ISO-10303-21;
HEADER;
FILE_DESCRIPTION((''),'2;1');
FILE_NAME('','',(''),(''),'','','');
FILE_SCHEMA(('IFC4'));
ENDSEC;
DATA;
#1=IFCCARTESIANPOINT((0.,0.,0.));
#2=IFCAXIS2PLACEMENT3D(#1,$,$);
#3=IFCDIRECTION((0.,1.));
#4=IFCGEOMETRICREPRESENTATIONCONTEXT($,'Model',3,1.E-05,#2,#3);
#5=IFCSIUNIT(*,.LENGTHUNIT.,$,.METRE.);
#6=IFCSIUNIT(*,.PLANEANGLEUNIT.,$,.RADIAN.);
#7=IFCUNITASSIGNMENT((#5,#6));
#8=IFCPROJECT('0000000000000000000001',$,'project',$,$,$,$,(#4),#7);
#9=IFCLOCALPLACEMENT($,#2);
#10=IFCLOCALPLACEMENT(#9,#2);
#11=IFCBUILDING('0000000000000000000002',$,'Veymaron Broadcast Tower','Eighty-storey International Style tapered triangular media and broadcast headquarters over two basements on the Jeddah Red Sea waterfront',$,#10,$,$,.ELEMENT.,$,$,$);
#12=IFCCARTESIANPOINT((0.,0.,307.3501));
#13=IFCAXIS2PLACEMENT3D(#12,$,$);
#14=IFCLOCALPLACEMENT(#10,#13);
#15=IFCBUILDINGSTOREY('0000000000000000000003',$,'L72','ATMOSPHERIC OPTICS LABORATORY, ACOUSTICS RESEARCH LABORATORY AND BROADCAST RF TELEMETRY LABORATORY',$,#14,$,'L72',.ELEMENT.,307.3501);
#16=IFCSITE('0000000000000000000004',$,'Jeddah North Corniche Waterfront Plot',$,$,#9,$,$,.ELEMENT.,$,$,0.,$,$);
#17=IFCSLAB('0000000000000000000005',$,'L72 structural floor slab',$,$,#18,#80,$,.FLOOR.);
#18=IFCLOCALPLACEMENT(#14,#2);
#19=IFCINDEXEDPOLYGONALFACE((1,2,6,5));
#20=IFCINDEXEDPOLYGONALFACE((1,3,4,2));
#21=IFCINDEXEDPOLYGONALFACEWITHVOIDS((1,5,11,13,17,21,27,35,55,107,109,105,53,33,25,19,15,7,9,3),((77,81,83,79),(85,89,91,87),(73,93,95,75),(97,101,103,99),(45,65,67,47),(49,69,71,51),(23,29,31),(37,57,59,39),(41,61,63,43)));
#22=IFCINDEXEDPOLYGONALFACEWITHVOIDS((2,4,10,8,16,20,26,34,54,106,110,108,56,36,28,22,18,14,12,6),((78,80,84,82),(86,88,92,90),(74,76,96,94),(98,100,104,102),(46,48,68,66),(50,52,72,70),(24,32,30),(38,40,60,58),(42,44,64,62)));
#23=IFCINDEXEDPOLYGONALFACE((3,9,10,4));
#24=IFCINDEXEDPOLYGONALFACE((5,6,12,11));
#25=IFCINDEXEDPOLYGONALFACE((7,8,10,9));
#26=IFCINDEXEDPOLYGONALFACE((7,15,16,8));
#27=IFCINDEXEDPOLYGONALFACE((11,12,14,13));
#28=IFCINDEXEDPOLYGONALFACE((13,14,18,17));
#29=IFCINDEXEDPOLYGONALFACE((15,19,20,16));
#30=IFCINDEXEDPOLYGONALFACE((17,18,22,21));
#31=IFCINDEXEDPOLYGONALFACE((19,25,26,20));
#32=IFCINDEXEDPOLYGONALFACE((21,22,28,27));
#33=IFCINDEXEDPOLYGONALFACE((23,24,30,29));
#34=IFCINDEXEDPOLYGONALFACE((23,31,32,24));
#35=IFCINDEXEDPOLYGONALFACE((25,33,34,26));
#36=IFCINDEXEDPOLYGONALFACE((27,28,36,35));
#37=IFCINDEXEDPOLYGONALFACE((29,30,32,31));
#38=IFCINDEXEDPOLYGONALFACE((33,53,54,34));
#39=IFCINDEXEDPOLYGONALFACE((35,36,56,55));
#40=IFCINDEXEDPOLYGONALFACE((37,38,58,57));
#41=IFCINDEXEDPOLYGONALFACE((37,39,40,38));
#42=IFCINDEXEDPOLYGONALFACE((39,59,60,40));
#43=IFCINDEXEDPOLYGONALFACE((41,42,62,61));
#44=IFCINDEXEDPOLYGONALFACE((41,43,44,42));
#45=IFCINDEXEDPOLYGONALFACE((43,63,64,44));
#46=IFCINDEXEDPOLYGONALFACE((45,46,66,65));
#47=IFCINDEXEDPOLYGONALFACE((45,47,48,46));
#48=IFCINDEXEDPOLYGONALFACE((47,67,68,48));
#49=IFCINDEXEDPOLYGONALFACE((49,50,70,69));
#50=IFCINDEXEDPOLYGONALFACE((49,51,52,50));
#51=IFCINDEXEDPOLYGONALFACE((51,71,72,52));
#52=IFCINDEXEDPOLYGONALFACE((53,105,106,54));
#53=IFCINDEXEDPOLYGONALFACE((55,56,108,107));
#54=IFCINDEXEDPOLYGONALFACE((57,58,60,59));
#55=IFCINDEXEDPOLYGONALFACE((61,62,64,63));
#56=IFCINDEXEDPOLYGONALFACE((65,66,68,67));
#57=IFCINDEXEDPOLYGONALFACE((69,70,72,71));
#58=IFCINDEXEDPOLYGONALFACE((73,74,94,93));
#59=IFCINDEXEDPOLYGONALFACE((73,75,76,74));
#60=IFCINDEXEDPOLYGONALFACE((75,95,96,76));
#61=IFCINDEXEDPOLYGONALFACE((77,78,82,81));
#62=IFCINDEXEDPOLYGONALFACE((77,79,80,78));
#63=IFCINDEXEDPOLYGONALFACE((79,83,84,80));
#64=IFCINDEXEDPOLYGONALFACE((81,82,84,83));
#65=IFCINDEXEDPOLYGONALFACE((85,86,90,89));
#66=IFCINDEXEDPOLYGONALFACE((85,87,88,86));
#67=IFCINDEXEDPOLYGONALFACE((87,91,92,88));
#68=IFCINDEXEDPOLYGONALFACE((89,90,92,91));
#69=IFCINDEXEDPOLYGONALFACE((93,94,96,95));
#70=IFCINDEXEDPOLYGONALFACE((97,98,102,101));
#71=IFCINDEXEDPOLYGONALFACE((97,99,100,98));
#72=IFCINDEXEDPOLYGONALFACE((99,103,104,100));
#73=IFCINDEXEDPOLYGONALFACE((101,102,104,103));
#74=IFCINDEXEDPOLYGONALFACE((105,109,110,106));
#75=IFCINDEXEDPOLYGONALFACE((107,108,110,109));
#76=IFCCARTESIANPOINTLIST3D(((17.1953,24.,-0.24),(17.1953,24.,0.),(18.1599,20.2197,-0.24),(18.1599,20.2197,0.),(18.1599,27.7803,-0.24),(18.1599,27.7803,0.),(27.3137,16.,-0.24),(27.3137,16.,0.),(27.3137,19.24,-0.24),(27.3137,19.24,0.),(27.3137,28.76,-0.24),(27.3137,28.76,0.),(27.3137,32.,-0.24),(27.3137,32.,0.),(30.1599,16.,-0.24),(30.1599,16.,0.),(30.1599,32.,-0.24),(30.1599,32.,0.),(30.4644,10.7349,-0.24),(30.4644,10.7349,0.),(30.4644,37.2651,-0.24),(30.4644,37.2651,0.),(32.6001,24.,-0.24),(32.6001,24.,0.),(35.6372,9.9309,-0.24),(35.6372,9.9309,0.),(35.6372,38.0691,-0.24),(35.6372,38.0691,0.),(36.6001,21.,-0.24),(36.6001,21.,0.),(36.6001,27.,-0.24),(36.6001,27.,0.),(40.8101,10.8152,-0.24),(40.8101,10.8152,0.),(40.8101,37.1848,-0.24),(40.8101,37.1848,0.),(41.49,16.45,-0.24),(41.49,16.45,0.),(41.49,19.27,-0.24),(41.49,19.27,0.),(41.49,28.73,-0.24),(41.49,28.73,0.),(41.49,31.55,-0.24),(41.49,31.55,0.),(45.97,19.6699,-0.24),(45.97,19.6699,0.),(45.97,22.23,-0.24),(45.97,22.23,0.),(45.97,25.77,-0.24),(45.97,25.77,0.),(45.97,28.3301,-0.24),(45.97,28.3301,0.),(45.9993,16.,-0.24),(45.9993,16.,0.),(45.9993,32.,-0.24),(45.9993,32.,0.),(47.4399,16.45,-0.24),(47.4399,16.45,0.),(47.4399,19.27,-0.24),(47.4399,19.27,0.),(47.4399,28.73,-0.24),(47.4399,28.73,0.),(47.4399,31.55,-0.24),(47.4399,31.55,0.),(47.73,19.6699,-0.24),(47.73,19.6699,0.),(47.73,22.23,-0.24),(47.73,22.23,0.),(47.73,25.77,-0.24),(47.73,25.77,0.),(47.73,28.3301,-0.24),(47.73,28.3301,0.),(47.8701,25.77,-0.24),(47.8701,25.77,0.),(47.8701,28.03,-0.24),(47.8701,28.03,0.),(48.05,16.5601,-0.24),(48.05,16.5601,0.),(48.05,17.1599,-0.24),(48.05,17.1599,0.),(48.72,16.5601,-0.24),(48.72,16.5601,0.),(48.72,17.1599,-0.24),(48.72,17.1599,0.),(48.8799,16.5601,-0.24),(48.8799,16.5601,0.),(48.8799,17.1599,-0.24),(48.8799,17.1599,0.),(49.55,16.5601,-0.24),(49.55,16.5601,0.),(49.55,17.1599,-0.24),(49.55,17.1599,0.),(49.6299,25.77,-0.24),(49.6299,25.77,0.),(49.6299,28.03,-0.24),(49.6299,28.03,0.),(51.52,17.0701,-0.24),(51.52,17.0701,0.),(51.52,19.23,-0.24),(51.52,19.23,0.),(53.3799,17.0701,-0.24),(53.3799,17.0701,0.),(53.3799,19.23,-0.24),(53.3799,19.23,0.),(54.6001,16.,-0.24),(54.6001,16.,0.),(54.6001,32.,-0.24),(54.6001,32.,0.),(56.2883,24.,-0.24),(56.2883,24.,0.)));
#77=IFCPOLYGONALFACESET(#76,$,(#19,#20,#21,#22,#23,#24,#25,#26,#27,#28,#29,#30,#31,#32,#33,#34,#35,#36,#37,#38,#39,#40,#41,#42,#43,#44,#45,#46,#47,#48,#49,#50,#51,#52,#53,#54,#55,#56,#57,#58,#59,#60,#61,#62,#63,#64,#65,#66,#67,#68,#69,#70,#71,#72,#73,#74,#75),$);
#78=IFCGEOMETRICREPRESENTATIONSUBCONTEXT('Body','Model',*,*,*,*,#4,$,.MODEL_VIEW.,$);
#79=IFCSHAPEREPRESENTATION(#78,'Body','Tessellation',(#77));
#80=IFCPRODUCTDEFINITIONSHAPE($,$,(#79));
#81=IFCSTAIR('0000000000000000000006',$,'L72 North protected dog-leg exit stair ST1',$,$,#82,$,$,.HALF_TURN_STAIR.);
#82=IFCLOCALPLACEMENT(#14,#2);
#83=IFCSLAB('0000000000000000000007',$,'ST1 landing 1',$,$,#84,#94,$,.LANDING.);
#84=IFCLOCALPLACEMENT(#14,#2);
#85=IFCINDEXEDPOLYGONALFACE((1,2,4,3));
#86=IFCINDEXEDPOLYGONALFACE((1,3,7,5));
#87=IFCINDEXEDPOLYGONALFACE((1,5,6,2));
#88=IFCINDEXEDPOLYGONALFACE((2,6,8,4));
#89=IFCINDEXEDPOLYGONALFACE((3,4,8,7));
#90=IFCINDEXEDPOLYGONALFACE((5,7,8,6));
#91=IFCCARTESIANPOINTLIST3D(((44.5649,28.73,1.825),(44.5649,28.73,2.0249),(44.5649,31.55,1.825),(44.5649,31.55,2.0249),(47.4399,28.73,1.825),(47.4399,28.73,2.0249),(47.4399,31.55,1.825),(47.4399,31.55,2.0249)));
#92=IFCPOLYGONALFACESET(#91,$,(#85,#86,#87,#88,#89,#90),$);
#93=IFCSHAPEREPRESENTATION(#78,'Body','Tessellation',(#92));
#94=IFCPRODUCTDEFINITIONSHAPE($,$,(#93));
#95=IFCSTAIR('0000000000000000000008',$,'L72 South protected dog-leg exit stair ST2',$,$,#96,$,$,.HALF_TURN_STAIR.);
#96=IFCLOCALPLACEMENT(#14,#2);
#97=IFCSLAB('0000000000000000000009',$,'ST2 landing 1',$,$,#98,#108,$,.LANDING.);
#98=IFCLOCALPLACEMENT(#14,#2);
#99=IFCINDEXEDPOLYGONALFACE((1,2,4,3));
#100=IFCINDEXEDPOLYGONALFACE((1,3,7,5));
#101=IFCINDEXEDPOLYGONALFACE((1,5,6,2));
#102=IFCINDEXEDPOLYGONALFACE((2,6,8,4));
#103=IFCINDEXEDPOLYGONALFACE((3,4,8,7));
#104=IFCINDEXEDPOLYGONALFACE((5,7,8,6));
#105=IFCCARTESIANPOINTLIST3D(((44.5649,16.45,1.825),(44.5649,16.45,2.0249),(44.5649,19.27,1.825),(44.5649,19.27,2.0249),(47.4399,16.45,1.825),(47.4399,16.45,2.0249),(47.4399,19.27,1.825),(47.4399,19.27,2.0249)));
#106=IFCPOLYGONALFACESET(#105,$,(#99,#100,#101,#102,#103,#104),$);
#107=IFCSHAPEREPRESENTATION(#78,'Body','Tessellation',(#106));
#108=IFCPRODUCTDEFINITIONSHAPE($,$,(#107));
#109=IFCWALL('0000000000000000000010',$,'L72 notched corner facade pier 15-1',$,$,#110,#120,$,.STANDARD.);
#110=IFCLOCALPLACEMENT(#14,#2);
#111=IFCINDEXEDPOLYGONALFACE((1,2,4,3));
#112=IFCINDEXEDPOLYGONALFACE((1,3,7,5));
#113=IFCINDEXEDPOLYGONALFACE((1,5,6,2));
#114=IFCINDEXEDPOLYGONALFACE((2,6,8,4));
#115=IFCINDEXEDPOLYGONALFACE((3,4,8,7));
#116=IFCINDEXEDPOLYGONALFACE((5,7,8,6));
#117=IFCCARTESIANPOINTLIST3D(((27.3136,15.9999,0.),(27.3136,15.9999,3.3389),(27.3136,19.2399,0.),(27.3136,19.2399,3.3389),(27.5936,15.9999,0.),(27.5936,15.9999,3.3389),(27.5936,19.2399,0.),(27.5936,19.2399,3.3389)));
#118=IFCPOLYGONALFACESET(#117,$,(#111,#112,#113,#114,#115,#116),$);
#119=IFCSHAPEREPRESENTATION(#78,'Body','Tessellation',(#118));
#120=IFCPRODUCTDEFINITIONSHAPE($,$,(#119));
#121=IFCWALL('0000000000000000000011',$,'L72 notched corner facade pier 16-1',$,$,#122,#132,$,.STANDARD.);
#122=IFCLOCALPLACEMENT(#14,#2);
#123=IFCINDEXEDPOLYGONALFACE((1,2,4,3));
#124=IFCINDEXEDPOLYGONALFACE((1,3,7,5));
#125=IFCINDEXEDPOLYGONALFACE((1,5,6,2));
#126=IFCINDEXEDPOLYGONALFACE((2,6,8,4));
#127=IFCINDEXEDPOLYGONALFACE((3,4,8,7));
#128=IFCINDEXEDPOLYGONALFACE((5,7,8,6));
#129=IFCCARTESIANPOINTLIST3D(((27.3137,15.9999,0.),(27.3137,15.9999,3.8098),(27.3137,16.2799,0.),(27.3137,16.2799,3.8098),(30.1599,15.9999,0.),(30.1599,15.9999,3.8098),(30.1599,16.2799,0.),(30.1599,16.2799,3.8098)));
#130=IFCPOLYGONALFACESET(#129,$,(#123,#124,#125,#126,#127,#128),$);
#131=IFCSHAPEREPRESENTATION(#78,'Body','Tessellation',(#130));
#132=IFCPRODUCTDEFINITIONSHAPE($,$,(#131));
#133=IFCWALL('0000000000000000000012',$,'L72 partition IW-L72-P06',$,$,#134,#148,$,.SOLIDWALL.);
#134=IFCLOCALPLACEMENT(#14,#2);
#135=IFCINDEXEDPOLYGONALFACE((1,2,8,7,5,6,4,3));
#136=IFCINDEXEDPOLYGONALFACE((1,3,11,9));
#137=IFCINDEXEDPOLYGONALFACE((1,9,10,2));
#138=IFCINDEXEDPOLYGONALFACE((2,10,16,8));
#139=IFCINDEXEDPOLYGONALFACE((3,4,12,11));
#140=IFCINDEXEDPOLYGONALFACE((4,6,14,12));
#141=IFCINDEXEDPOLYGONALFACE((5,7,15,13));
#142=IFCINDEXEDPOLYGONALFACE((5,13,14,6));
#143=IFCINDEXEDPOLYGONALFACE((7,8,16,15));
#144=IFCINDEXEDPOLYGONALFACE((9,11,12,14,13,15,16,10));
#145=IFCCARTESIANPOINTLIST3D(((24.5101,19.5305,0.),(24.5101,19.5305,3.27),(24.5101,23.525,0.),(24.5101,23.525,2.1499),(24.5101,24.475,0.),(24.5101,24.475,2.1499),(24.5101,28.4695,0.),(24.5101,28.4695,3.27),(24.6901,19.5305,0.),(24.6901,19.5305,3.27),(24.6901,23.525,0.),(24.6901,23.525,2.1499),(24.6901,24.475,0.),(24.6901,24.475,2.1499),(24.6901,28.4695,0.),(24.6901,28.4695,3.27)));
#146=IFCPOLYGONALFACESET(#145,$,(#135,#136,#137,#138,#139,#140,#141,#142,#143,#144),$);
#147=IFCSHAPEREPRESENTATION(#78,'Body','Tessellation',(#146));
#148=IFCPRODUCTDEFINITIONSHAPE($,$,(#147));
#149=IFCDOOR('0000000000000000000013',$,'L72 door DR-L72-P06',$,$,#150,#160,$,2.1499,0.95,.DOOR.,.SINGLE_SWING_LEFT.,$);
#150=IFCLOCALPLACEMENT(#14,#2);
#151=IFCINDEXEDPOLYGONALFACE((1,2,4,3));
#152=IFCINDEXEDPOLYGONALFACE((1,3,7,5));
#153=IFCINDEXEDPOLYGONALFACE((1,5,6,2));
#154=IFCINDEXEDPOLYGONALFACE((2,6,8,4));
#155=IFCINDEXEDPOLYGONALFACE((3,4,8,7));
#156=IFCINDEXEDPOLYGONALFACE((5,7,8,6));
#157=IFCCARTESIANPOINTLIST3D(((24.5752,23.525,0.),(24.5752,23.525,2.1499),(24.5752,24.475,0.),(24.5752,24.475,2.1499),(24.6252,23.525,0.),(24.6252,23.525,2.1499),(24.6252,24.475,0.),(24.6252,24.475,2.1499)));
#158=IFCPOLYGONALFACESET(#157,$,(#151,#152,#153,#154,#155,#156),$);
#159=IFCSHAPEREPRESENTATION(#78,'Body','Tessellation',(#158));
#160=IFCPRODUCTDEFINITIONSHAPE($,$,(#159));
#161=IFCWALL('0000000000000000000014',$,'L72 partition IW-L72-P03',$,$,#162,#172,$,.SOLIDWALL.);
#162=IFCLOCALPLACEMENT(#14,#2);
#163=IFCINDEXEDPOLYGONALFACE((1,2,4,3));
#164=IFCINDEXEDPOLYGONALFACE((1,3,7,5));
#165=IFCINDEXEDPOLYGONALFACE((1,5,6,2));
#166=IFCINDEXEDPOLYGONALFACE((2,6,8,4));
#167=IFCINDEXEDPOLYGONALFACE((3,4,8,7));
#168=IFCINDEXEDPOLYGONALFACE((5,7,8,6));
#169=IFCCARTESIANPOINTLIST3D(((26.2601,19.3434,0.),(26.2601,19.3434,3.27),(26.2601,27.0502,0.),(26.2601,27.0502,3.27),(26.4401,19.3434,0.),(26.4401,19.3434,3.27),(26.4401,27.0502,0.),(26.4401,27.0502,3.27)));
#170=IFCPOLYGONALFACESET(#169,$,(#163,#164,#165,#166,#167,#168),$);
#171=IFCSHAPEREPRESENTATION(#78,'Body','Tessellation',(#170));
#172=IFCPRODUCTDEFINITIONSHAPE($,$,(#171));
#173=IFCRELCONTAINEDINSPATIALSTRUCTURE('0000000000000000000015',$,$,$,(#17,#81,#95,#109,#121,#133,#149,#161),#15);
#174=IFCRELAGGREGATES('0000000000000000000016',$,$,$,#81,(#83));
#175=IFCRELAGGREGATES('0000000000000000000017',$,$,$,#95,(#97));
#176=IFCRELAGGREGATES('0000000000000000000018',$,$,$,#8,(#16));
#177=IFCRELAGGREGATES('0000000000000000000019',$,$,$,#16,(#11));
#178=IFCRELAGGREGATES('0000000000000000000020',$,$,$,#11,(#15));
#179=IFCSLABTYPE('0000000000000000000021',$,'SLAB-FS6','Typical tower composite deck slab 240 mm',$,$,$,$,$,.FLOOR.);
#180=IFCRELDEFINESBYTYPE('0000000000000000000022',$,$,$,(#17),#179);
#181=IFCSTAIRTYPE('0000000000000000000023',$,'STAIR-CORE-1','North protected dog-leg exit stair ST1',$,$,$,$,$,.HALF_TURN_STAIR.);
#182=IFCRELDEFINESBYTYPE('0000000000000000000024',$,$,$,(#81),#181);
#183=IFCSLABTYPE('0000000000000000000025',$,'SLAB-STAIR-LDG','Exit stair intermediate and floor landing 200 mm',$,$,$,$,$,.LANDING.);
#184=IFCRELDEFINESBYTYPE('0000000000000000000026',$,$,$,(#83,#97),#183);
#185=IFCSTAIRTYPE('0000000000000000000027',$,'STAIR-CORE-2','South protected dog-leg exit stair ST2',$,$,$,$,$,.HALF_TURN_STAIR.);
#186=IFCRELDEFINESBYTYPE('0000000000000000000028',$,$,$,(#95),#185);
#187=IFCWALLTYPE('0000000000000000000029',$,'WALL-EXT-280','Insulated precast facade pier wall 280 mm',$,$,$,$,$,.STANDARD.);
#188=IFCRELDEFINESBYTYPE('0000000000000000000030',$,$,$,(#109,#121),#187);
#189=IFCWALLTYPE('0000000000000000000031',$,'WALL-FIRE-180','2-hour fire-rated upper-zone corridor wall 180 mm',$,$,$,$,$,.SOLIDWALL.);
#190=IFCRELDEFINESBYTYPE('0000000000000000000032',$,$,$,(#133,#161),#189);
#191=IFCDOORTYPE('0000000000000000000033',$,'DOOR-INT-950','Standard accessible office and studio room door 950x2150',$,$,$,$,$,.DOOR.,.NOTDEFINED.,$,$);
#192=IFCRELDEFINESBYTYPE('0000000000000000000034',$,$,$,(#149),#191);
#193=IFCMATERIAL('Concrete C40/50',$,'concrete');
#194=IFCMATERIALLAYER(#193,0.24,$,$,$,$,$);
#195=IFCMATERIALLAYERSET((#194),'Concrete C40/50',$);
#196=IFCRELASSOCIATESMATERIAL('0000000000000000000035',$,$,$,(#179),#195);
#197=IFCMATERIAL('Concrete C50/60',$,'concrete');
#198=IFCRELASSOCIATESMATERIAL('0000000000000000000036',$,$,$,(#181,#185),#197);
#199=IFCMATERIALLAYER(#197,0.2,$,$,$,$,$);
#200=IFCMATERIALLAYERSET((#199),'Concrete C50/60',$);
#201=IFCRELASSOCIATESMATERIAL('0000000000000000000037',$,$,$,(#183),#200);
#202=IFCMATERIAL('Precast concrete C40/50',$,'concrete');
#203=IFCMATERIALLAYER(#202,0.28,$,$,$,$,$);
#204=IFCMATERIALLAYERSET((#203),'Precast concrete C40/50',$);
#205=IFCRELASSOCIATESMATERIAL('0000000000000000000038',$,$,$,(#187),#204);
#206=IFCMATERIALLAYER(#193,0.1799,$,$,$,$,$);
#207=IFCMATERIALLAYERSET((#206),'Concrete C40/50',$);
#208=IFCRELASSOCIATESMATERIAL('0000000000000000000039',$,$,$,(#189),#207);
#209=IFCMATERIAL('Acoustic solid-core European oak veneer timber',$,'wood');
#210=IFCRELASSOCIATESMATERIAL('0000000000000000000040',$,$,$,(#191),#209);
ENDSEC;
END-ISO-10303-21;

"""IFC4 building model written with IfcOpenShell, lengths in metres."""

from ifc_helpers import new_model, si_unit, direction, frame, frame_2d, origin, place, context, subcontext, project, spatial, polyline, rectangle, outline, extrude, material, layer, layer_set, type_object, element, fill, aggregate, save


model = new_model("IFC4")

# Units and contexts
model_context = context("Model", 3, precision=1e-05, world=origin(), true_north=direction((0.0, 1.0)))
body_context = subcontext(model_context, "Body", "Model", "MODEL_VIEW")
ifc_project = project(units=[si_unit("LENGTHUNIT", "METRE"), si_unit("PLANEANGLEUNIT", "RADIAN")], contexts=[model_context])

# Site, building, storey
site_placement = place(None, origin())
site = spatial("IfcSite", under=ifc_project, at=site_placement, Name="Jeddah North Corniche Waterfront Plot", CompositionType="ELEMENT", RefElevation=0.0)
building_placement = place(site_placement, origin())
building = spatial("IfcBuilding", under=site, at=building_placement, Name="Veymaron Broadcast Tower", Description="Eighty-storey International Style tapered triangular media and broadcast headquarters over two basements on the Jeddah Red Sea waterfront", CompositionType="ELEMENT")
storey_placement = place(building_placement, frame((0.0, 0.0, 307.3501)))
storey = spatial("IfcBuildingStorey", under=building, at=storey_placement, Name="L72", Description="ATMOSPHERIC OPTICS LABORATORY, ACOUSTICS RESEARCH LABORATORY AND BROADCAST RF TELEMETRY LABORATORY", LongName="L72", CompositionType="ELEMENT", Elevation=307.3501)

# Slab
ifc_material_1 = material(Name="Concrete C40/50", Category="concrete")
ifc_layer_1 = layer(ifc_material_1, 0.24)
ifc_layer_set_1 = layer_set([ifc_layer_1], Name="Concrete C40/50")
slab_type_1 = type_object("IfcSlabType", Name="SLAB-FS6", Description="Typical tower composite deck slab 240 mm", PredefinedType="FLOOR", material=ifc_layer_set_1)
slab_1_placement = place(storey_placement, frame((0.0, 0.0, -0.24)))
element("IfcSlab", 1, at=slab_1_placement, inside=storey, type_object=slab_type_1, Name="L72 structural floor slab", PredefinedType="FLOOR", context=body_context, shape_type="SweptSolid", body=[
    extrude(outline(polyline([(45.9993, 16.0), (54.6001, 16.0), (56.2883, 24.0), (54.6001, 32.0), (45.9993, 32.0), (40.8101, 37.1848), (35.6372, 38.0691), (30.4644, 37.2651), (30.1599, 32.0), (27.3137, 32.0), (27.3137, 28.76), (18.1599, 27.7803), (17.1953, 24.0), (18.1599, 20.2197), (27.3137, 19.24), (27.3137, 16.0), (30.1599, 16.0), (30.4644, 10.7349), (35.6372, 9.9309), (40.8101, 10.8152), (45.9993, 16.0)]), holes=[polyline([(45.97, 28.3301), (47.73, 28.3301), (47.73, 25.77), (45.97, 25.77), (45.97, 28.3301)]), polyline([(45.97, 22.23), (47.73, 22.23), (47.73, 19.6699), (45.97, 19.6699), (45.97, 22.23)]), polyline([(47.8701, 28.03), (49.6299, 28.03), (49.6299, 25.77), (47.8701, 25.77), (47.8701, 28.03)]), polyline([(51.52, 19.23), (53.3799, 19.23), (53.3799, 17.0701), (51.52, 17.0701), (51.52, 19.23)]), polyline([(48.05, 17.1599), (48.72, 17.1599), (48.72, 16.5601), (48.05, 16.5601), (48.05, 17.1599)]), polyline([(48.8799, 17.1599), (49.55, 17.1599), (49.55, 16.5601), (48.8799, 16.5601), (48.8799, 17.1599)]), polyline([(36.6001, 27.0), (36.6001, 21.0), (32.6001, 24.0), (36.6001, 27.0)]), polyline([(41.49, 31.55), (47.4399, 31.55), (47.4399, 28.73), (41.49, 28.73), (41.49, 31.55)]), polyline([(41.49, 19.27), (47.4399, 19.27), (47.4399, 16.45), (41.49, 16.45), (41.49, 19.27)])]), origin(), (0.0, 0.0, 1.0), 0.24),
])

# Stairs, slabs
ifc_material_2 = material(Name="Concrete C50/60", Category="concrete")
stair_type_1 = type_object("IfcStairType", Name="STAIR-CORE-1", Description="North protected dog-leg exit stair ST1", PredefinedType="HALF_TURN_STAIR", material=ifc_material_2)
stair_1_placement = place(storey_placement, origin())
stair_1 = element("IfcStair", 2, at=stair_1_placement, inside=storey, type_object=stair_type_1, Name="L72 North protected dog-leg exit stair ST1", PredefinedType="HALF_TURN_STAIR")
ifc_layer_2 = layer(ifc_material_2, 0.2)
ifc_layer_set_2 = layer_set([ifc_layer_2], Name="Concrete C50/60")
slab_type_2 = type_object("IfcSlabType", Name="SLAB-STAIR-LDG", Description="Exit stair intermediate and floor landing 200 mm", PredefinedType="LANDING", material=ifc_layer_set_2)
slab_2_placement = place(storey_placement, frame((0.0, 0.0, 1.825)))
slab_2 = element("IfcSlab", 3, at=slab_2_placement, type_object=slab_type_2, Name="ST1 landing 1", PredefinedType="LANDING", context=body_context, shape_type="SweptSolid", body=[
    extrude(outline(polyline([(44.5649, 28.73), (47.4399, 28.73), (47.4399, 31.55), (44.5649, 31.55), (44.5649, 28.73)])), origin(), (0.0, 0.0, 1.0), 0.2),
])
aggregate(stair_1, [slab_2])
stair_type_2 = type_object("IfcStairType", Name="STAIR-CORE-2", Description="South protected dog-leg exit stair ST2", PredefinedType="HALF_TURN_STAIR", material=ifc_material_2)
stair_2_placement = place(storey_placement, origin())
stair_2 = element("IfcStair", 4, at=stair_2_placement, inside=storey, type_object=stair_type_2, Name="L72 South protected dog-leg exit stair ST2", PredefinedType="HALF_TURN_STAIR")
slab_3_placement = place(storey_placement, frame((0.0, 0.0, 1.825)))
slab_3 = element("IfcSlab", 5, at=slab_3_placement, type_object=slab_type_2, Name="ST2 landing 1", PredefinedType="LANDING", context=body_context, shape_type="SweptSolid", body=[
    extrude(outline(polyline([(44.5649, 16.45), (47.4399, 16.45), (47.4399, 19.27), (44.5649, 19.27), (44.5649, 16.45)])), origin(), (0.0, 0.0, 1.0), 0.2),
])
aggregate(stair_2, [slab_3])

# Walls
ifc_material_3 = material(Name="Precast concrete C40/50", Category="concrete")
ifc_layer_3 = layer(ifc_material_3, 0.28)
ifc_layer_set_3 = layer_set([ifc_layer_3], Name="Precast concrete C40/50")
wall_type_1 = type_object("IfcWallType", Name="WALL-EXT-280", Description="Insulated precast facade pier wall 280 mm", PredefinedType="STANDARD", material=ifc_layer_set_3)
wall_1_placement = place(storey_placement, frame((27.4536, 19.24, 0.0), z_axis=(0.0, 0.0, 1.0), x_axis=(0.0, -1.0, 0.0)))
element("IfcWall", 6, at=wall_1_placement, inside=storey, type_object=wall_type_1, Name="L72 notched corner facade pier 15-1", PredefinedType="STANDARD", context=body_context, shape_type="SweptSolid", body=[
    extrude(rectangle(XDim=3.24, YDim=0.28, at=frame_2d((1.6201, 0.0))), origin(), (0.0, 0.0, 1.0), 3.3389),
])
wall_2_placement = place(storey_placement, frame((27.3137, 16.1399, 0.0), z_axis=(0.0, 0.0, 1.0), x_axis=(1.0, 0.0, 0.0)))
element("IfcWall", 7, at=wall_2_placement, inside=storey, type_object=wall_type_1, Name="L72 notched corner facade pier 16-1", PredefinedType="STANDARD", context=body_context, shape_type="SweptSolid", body=[
    extrude(rectangle(XDim=2.8462, YDim=0.28, at=frame_2d((1.4231, 0.0))), origin(), (0.0, 0.0, 1.0), 3.8098),
])

# Wall, opening, door
ifc_layer_4 = layer(ifc_material_1, 0.1799)
ifc_layer_set_4 = layer_set([ifc_layer_4], Name="Concrete C40/50")
wall_type_2 = type_object("IfcWallType", Name="WALL-FIRE-180", Description="2-hour fire-rated upper-zone corridor wall 180 mm", PredefinedType="SOLIDWALL", material=ifc_layer_set_4)
wall_3_placement = place(storey_placement, frame((24.6001, 19.5305, 0.0), z_axis=(0.0, 0.0, 1.0), x_axis=(0.0, 1.0, 0.0)))
wall_3 = element("IfcWall", 8, at=wall_3_placement, inside=storey, type_object=wall_type_2, Name="L72 partition IW-L72-P06", PredefinedType="SOLIDWALL", context=body_context, shape_type="SweptSolid", body=[
    extrude(rectangle(XDim=8.939, YDim=0.1799, at=frame_2d((4.4695, 0.0))), origin(), (0.0, 0.0, 1.0), 3.27),
])
opening_placement = place(wall_3_placement, frame((3.9944, 0.0, 0.0)))
opening = element("IfcOpeningElement", 9, at=opening_placement, cuts=wall_3, PredefinedType="OPENING", context=body_context, shape_type="SweptSolid", body=[
    extrude(rectangle(XDim=0.95, YDim=2.1499, at=frame_2d((0.4751, 1.075))), frame((0.0, 0.1001, 0.0), z_axis=(0.0, -1.0, 0.0), x_axis=(1.0, 0.0, 0.0)), (0.0, 0.0, 1.0), 0.2),
])
ifc_material_4 = material(Name="Acoustic solid-core European oak veneer timber", Category="wood")
door_type = type_object("IfcDoorType", Name="DOOR-INT-950", Description="Standard accessible office and studio room door 950x2150", OperationType="NOTDEFINED", PredefinedType="DOOR", material=ifc_material_4)
door_placement = place(opening_placement, origin())
door = element("IfcDoor", 10, at=door_placement, inside=storey, type_object=door_type, Name="L72 door DR-L72-P06", OperationType="SINGLE_SWING_LEFT", OverallHeight=2.1499, OverallWidth=0.95, PredefinedType="DOOR", context=body_context, shape_type="SweptSolid", body=[
    extrude(rectangle(XDim=0.95, YDim=2.1499, at=frame_2d((0.4751, 1.075))), frame((0.0, 0.0249, 0.0), z_axis=(0.0, -1.0, 0.0), x_axis=(1.0, 0.0, 0.0)), (0.0, 0.0, 1.0), 0.05),
])
fill(opening, door)

# Wall
wall_4_placement = place(storey_placement, frame((26.3501, 19.3433, 0.0), z_axis=(0.0, 0.0, 1.0), x_axis=(0.0, 1.0, 0.0)))
element("IfcWall", 11, at=wall_4_placement, inside=storey, type_object=wall_type_2, Name="L72 partition IW-L72-P03", PredefinedType="SOLIDWALL", context=body_context, shape_type="SweptSolid", body=[
    extrude(rectangle(XDim=7.7068, YDim=0.1799, at=frame_2d((3.8535, 0.0))), origin(), (0.0, 0.0, 1.0), 3.27),
])

save(model, "model.ifc")
